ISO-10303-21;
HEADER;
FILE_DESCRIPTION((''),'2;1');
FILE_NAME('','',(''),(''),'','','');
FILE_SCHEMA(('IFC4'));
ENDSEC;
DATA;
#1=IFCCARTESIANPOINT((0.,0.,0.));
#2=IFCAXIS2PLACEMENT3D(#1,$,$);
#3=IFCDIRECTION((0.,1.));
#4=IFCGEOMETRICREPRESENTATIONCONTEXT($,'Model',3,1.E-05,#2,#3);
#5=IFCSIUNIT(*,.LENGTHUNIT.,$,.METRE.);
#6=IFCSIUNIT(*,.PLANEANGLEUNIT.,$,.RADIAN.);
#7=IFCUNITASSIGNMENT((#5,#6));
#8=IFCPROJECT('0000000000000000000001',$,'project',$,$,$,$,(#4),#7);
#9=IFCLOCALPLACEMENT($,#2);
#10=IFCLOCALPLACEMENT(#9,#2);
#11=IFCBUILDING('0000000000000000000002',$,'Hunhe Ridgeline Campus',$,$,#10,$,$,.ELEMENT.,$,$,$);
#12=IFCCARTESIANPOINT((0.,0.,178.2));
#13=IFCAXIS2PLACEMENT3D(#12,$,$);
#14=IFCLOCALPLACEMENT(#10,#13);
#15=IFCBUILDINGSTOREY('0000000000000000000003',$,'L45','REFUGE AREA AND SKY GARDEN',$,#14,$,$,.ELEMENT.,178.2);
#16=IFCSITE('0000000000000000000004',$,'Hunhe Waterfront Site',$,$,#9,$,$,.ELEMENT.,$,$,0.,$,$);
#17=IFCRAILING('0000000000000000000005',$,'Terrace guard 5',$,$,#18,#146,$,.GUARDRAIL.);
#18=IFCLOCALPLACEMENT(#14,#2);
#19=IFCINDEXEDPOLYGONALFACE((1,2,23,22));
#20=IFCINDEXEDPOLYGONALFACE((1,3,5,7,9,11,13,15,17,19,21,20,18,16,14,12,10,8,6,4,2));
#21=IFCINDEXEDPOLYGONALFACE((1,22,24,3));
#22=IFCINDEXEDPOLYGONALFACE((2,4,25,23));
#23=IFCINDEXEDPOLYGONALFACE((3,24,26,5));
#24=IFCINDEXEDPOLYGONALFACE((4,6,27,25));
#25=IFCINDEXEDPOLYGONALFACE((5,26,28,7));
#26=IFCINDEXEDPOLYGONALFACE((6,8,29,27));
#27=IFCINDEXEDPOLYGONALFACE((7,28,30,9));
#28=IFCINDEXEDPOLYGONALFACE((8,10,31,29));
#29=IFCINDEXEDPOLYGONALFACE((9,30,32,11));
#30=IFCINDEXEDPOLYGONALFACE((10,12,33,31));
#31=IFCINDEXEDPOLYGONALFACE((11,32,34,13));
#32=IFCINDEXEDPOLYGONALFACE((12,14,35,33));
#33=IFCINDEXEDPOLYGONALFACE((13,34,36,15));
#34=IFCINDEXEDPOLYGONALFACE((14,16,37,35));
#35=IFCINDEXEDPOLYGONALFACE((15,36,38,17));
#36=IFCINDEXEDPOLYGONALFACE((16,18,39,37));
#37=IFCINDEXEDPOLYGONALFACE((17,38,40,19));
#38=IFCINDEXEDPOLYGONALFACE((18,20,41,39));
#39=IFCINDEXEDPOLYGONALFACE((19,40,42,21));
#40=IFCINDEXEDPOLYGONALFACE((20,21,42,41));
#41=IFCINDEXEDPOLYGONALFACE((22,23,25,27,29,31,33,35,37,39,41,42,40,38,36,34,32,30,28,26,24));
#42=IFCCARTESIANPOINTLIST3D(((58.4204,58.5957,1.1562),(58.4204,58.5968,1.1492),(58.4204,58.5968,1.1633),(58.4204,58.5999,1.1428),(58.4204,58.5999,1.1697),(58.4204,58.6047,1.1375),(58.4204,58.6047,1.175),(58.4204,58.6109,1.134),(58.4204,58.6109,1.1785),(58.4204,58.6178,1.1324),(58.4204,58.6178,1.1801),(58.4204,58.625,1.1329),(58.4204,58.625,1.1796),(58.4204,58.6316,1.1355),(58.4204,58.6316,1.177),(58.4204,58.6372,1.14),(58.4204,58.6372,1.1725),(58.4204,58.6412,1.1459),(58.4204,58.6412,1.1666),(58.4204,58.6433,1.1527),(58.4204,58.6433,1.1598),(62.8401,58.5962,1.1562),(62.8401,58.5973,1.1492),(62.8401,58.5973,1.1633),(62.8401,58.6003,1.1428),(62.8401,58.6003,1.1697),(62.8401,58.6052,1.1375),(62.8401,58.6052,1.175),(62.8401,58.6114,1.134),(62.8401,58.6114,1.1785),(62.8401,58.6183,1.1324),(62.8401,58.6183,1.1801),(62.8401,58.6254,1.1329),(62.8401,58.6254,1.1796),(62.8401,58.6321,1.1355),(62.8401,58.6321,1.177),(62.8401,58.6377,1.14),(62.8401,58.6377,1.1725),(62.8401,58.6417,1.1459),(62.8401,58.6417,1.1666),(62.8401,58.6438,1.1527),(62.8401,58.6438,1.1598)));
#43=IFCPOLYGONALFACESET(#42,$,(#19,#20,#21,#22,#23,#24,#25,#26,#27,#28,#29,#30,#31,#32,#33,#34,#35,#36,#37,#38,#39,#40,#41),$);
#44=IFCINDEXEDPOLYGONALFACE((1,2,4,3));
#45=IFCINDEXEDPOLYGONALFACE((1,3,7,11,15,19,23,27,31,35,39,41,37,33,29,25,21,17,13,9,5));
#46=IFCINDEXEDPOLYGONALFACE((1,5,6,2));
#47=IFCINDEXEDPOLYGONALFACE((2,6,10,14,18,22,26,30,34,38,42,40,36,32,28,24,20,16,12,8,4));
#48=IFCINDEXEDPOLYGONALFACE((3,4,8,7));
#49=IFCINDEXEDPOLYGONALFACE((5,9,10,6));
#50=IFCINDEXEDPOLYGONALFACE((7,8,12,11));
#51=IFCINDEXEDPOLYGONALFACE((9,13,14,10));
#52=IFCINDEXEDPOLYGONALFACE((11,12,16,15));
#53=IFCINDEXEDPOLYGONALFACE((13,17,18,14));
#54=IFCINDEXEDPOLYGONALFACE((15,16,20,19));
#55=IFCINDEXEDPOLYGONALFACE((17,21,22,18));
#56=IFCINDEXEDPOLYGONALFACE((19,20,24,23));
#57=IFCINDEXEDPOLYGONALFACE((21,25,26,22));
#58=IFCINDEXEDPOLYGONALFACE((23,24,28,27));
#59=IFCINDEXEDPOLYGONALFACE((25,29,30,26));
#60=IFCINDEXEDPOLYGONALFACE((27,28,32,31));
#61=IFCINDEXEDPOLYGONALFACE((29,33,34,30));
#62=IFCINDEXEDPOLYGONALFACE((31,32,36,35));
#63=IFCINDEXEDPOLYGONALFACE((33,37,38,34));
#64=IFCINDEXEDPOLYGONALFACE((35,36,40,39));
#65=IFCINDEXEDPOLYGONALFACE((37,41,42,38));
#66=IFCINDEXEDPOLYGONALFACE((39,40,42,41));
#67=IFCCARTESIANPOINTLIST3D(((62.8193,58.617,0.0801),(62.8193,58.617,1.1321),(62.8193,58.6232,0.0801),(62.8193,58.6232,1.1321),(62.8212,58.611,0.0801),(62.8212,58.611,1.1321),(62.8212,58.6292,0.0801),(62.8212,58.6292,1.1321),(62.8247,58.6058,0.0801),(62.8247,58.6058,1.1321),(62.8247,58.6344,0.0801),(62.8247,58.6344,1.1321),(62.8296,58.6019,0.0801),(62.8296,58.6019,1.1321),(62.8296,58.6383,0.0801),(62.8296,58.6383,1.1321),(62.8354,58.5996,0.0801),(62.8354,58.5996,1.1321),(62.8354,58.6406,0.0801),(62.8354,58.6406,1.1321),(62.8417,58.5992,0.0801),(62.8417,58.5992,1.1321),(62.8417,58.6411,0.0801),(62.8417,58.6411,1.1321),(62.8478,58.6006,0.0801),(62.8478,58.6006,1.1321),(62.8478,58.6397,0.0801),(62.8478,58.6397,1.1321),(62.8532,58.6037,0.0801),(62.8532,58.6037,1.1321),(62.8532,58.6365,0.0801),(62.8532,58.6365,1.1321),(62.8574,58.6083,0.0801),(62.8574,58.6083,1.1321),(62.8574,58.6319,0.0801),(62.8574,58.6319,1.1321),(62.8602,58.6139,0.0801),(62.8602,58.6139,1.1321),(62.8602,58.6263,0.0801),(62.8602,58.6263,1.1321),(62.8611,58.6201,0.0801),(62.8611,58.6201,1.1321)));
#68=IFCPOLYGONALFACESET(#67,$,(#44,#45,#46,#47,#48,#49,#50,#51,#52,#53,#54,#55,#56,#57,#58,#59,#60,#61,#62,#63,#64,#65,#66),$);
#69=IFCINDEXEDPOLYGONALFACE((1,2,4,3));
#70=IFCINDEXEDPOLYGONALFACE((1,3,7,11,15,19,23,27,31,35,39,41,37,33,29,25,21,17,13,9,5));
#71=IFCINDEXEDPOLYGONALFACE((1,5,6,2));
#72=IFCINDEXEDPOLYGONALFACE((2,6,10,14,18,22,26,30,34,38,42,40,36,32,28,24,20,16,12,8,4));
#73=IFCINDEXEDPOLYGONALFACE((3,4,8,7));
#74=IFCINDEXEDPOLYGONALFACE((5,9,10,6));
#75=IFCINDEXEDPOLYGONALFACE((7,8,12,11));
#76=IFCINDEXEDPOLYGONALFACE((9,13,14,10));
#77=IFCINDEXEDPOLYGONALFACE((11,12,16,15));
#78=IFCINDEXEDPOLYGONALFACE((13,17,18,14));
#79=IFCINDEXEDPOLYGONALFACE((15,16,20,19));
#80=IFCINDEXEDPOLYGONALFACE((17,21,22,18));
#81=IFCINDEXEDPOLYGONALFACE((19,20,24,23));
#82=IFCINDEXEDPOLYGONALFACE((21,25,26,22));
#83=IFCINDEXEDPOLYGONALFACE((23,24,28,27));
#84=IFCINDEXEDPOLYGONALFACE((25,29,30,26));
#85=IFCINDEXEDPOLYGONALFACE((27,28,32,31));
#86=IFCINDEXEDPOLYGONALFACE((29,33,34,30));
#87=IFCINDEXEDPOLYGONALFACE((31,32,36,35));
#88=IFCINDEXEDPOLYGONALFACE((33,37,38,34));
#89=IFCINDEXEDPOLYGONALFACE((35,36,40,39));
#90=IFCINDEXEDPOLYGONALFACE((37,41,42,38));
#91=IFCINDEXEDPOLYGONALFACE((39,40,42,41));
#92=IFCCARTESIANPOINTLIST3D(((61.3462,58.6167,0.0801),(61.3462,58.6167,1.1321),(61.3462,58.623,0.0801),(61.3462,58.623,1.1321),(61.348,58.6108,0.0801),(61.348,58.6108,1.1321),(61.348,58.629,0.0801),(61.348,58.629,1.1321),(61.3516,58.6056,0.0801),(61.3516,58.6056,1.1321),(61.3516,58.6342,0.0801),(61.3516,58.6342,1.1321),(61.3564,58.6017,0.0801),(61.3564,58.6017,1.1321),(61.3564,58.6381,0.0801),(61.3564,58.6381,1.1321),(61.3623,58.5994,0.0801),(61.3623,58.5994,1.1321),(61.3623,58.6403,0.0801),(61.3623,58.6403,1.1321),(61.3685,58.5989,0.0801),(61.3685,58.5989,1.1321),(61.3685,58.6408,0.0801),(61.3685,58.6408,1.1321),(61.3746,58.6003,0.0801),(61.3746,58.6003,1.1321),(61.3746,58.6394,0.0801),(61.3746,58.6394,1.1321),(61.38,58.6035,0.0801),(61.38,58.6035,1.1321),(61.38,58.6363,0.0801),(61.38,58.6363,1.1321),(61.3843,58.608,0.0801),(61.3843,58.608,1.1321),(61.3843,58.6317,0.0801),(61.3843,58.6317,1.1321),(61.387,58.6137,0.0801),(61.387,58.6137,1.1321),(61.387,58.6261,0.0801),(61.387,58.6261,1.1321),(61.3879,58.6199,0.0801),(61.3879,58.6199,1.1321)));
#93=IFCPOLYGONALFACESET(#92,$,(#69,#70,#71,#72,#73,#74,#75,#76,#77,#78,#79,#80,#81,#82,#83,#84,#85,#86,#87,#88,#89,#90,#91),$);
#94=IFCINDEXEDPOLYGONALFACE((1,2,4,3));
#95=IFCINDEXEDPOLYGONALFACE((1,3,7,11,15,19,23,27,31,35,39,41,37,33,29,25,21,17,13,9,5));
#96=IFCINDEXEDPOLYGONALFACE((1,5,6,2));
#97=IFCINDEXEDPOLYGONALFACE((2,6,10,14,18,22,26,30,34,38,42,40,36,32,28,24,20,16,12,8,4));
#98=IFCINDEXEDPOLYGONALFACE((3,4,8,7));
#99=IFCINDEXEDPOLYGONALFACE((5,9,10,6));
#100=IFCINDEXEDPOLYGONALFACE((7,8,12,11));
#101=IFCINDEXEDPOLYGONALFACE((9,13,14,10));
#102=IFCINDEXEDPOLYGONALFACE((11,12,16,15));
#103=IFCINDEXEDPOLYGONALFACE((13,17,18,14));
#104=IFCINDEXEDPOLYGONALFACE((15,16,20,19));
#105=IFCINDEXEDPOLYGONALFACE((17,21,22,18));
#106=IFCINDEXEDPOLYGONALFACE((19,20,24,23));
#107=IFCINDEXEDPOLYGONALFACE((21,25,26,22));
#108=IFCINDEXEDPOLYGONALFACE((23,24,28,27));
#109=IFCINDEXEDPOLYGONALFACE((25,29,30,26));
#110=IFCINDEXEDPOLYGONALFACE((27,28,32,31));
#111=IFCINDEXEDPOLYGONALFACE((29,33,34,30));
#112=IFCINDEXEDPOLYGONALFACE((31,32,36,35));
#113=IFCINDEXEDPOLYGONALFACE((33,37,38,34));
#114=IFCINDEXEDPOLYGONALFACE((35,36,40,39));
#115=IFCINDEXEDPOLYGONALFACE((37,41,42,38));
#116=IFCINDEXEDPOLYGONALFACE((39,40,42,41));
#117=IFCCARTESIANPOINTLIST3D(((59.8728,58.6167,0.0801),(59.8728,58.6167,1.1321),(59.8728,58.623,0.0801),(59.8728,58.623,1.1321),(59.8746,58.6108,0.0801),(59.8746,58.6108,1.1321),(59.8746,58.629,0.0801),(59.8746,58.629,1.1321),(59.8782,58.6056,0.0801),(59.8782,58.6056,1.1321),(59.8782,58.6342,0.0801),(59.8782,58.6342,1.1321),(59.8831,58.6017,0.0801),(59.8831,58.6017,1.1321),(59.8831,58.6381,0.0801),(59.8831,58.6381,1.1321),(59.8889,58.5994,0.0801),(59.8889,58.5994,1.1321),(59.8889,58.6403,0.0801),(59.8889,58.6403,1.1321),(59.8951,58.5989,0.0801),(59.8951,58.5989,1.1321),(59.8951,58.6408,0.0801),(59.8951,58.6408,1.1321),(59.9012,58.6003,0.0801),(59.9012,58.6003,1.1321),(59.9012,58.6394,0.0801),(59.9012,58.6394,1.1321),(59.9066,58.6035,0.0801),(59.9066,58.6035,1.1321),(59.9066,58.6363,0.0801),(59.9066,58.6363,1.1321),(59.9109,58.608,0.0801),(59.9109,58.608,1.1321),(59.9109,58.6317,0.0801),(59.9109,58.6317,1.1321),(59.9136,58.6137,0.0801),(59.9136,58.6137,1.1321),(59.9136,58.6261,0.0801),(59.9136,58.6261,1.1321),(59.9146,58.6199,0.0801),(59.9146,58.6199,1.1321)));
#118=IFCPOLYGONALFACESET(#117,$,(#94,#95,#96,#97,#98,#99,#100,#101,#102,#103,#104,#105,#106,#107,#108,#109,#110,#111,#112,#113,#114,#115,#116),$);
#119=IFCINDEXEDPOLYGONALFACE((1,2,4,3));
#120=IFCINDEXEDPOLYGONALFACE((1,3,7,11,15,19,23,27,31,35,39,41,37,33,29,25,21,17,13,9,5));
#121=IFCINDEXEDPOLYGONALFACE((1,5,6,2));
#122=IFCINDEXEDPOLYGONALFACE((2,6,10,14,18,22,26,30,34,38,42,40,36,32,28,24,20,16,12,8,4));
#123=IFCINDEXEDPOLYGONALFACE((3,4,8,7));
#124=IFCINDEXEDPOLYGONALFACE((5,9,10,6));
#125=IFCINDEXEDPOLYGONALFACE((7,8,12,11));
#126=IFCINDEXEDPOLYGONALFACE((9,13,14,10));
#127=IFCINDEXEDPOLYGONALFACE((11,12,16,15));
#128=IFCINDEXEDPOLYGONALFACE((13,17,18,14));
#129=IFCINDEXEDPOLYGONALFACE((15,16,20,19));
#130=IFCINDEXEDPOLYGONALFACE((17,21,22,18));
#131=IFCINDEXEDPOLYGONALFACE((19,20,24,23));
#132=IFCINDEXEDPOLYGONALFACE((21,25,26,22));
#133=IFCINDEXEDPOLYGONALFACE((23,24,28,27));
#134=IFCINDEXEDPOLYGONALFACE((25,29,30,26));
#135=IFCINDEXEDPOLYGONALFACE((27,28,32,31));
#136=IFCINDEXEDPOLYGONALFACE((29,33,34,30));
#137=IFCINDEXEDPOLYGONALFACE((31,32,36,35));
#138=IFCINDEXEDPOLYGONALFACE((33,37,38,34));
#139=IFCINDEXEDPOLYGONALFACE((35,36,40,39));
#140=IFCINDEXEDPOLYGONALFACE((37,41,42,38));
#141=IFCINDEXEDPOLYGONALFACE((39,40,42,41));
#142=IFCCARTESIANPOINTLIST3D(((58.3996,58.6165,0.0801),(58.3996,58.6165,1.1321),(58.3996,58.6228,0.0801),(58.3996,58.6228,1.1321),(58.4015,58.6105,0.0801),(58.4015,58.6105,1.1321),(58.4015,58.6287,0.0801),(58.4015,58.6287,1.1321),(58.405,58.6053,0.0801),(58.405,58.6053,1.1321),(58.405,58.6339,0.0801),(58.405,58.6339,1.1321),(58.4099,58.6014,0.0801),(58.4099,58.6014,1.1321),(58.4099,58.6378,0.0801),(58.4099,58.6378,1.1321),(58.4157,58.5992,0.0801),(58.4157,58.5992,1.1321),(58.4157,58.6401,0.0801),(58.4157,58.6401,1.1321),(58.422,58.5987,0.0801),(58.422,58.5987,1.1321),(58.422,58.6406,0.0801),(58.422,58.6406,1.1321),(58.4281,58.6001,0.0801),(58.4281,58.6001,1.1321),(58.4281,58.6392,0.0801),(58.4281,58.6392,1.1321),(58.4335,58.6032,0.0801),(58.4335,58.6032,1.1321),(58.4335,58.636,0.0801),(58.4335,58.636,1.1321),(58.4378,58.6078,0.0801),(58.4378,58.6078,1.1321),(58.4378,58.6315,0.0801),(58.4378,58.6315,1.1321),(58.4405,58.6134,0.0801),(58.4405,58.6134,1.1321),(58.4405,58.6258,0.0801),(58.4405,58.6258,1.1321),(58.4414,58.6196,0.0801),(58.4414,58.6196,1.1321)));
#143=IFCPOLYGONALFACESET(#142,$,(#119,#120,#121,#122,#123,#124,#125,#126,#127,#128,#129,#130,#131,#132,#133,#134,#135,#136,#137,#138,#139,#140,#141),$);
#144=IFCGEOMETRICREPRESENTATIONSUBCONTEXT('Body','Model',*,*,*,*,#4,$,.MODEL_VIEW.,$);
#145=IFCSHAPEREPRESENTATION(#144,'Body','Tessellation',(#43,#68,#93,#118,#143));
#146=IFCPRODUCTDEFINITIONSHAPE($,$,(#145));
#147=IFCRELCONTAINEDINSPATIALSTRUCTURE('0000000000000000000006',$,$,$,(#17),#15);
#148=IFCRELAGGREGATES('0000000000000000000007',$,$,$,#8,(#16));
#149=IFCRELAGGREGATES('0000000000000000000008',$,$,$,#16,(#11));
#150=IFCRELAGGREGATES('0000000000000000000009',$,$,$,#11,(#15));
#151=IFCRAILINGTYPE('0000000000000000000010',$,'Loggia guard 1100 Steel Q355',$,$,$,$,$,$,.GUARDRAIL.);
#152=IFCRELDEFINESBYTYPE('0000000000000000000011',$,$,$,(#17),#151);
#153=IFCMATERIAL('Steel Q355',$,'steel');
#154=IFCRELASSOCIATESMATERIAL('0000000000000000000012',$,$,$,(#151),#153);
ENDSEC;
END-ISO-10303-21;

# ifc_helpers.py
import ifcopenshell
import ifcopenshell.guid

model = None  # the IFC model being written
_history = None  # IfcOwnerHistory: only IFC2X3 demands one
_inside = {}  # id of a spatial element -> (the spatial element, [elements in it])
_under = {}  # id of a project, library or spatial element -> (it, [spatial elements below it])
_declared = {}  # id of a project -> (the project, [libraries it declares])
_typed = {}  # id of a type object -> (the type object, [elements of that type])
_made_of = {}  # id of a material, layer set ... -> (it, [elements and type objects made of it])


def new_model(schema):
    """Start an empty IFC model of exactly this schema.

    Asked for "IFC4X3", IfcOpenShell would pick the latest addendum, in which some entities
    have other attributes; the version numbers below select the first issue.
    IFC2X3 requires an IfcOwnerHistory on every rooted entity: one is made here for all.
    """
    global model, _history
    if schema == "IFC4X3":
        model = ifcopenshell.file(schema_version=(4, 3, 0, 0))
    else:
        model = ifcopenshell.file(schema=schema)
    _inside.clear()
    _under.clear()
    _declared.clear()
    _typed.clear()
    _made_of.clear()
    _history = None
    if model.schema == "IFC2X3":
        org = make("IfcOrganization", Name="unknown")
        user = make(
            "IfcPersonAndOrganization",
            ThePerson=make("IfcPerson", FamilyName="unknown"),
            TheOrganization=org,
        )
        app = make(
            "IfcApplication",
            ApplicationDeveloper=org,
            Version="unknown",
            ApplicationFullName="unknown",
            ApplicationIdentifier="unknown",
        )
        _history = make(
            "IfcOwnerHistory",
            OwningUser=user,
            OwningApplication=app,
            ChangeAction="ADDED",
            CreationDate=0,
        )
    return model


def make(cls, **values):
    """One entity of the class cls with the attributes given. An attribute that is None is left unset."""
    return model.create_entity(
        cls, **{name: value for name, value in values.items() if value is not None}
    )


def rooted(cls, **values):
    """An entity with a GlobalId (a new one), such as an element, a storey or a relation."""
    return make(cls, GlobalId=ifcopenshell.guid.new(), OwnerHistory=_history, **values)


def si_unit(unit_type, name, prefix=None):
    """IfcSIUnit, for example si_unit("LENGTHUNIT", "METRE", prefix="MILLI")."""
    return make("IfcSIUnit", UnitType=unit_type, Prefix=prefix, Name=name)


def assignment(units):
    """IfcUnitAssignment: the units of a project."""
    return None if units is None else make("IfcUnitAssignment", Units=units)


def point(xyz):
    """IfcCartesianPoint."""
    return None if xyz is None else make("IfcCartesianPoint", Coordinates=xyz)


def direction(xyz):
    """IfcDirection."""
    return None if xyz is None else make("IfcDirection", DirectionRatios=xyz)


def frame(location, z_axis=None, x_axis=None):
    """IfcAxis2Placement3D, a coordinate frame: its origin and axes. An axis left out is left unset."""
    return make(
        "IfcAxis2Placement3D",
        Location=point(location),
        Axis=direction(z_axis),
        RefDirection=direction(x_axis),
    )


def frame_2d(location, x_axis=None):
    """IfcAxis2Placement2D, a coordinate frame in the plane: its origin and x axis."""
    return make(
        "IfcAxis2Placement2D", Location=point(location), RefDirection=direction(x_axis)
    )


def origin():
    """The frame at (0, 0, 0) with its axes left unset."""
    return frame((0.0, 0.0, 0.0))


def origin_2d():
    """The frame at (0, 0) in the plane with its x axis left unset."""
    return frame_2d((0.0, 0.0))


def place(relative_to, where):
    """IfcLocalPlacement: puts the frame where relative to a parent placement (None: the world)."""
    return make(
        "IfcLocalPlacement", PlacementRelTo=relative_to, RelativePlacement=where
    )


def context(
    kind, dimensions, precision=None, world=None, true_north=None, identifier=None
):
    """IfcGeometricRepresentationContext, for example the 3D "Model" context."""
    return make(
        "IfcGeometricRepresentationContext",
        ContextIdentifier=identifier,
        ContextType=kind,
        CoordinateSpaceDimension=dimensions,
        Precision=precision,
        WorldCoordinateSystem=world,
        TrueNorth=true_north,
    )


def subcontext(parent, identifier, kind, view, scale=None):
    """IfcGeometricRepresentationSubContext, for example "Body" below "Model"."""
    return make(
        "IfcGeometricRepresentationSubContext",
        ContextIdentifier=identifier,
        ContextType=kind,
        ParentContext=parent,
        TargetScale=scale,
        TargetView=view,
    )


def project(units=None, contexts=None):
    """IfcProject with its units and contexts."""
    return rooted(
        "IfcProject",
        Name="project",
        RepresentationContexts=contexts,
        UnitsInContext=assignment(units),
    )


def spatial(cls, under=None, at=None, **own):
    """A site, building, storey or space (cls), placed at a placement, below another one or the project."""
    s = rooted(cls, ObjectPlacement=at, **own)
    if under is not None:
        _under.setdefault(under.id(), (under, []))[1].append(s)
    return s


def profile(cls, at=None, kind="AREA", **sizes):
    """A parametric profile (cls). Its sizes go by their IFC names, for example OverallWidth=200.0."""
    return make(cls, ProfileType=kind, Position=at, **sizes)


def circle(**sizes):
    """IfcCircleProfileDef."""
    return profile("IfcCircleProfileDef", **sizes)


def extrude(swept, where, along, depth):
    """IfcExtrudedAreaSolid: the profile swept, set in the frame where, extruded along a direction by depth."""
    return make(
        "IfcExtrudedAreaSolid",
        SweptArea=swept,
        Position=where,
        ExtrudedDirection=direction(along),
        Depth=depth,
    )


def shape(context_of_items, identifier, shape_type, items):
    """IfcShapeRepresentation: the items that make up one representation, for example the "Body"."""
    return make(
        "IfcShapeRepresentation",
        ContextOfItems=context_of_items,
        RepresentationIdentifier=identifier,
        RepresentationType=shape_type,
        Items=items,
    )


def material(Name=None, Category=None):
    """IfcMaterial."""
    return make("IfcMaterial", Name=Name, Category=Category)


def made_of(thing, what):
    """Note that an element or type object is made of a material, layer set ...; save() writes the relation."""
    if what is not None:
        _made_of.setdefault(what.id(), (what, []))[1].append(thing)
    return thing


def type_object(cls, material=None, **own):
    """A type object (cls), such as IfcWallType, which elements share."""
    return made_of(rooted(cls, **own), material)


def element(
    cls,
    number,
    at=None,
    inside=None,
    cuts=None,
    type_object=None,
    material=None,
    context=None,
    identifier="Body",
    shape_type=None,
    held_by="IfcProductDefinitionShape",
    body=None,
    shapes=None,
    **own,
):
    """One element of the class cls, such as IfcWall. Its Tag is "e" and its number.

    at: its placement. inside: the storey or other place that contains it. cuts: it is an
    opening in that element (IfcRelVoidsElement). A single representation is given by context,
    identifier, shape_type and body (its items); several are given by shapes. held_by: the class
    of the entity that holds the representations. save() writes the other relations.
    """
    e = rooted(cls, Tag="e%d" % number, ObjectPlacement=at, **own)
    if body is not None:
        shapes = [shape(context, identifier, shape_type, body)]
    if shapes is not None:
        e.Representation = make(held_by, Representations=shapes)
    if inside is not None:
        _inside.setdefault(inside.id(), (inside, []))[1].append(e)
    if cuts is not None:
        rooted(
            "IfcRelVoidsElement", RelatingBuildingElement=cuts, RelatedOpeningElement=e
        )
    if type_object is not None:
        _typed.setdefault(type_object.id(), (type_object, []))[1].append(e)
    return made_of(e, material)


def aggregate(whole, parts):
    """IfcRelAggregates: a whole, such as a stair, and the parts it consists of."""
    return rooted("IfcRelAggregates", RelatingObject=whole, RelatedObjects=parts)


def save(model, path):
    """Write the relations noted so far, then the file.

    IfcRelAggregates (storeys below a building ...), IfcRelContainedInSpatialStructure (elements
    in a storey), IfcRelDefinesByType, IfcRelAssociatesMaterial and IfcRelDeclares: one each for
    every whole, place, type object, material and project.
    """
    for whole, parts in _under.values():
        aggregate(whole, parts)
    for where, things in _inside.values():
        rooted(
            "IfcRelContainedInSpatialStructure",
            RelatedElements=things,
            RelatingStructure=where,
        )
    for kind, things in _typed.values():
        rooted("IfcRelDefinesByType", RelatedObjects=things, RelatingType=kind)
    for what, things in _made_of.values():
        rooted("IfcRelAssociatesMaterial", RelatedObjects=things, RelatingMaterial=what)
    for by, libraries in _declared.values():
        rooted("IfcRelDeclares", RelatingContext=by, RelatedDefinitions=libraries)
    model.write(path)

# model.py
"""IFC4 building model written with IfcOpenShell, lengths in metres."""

from ifc_helpers import new_model, si_unit, direction, frame, origin, origin_2d, place, context, subcontext, project, spatial, circle, extrude, material, type_object, element, save


model = new_model("IFC4")

# Units and contexts
model_context = context("Model", 3, precision=1e-05, world=origin(), true_north=direction((0.0, 1.0)))
body_context = subcontext(model_context, "Body", "Model", "MODEL_VIEW")
ifc_project = project(units=[si_unit("LENGTHUNIT", "METRE"), si_unit("PLANEANGLEUNIT", "RADIAN")], contexts=[model_context])

# Site, building, storey
site_placement = place(None, origin())
site = spatial("IfcSite", under=ifc_project, at=site_placement, Name="Hunhe Waterfront Site", CompositionType="ELEMENT", RefElevation=0.0)
building_placement = place(site_placement, origin())
building = spatial("IfcBuilding", under=site, at=building_placement, Name="Hunhe Ridgeline Campus", CompositionType="ELEMENT")
storey_placement = place(building_placement, frame((0.0, 0.0, 178.2)))
storey = spatial("IfcBuildingStorey", under=building, at=storey_placement, Name="L45", Description="REFUGE AREA AND SKY GARDEN", CompositionType="ELEMENT", Elevation=178.2)

# Railing
ifc_material_1 = material(Name="Steel Q355", Category="steel")
railing_type = type_object("IfcRailingType", Name="Loggia guard 1100 Steel Q355", PredefinedType="GUARDRAIL", material=ifc_material_1)
railing_1_placement = place(storey_placement, frame((62.8401, 58.6201, 0.0801)))
element("IfcRailing", 1, at=railing_1_placement, inside=storey, type_object=railing_type, Name="Terrace guard 5", PredefinedType="GUARDRAIL", context=body_context, shape_type="SweptSolid", body=[
    extrude(circle(Radius=0.0239, at=origin_2d()), frame((0.0, 0.0, 1.0762), z_axis=(-1.0, -0.00011, 0.0), x_axis=(0.00011, -1.0, 0.0)), (0.0, 0.0, 1.0), 4.4197),
    extrude(circle(Radius=0.021, at=origin_2d()), origin(), (0.0, 0.0, 1.0), 1.052),
    extrude(circle(Radius=0.021, at=origin_2d()), frame((-1.4731, -0.0002, 0.0)), (0.0, 0.0, 1.0), 1.052),
    extrude(circle(Radius=0.021, at=origin_2d()), frame((-2.9465, -0.0002, 0.0)), (0.0, 0.0, 1.0), 1.052),
    extrude(circle(Radius=0.021, at=origin_2d()), frame((-4.4197, -0.0005, 0.0)), (0.0, 0.0, 1.0), 1.052),
])

save(model, "model.ifc")
